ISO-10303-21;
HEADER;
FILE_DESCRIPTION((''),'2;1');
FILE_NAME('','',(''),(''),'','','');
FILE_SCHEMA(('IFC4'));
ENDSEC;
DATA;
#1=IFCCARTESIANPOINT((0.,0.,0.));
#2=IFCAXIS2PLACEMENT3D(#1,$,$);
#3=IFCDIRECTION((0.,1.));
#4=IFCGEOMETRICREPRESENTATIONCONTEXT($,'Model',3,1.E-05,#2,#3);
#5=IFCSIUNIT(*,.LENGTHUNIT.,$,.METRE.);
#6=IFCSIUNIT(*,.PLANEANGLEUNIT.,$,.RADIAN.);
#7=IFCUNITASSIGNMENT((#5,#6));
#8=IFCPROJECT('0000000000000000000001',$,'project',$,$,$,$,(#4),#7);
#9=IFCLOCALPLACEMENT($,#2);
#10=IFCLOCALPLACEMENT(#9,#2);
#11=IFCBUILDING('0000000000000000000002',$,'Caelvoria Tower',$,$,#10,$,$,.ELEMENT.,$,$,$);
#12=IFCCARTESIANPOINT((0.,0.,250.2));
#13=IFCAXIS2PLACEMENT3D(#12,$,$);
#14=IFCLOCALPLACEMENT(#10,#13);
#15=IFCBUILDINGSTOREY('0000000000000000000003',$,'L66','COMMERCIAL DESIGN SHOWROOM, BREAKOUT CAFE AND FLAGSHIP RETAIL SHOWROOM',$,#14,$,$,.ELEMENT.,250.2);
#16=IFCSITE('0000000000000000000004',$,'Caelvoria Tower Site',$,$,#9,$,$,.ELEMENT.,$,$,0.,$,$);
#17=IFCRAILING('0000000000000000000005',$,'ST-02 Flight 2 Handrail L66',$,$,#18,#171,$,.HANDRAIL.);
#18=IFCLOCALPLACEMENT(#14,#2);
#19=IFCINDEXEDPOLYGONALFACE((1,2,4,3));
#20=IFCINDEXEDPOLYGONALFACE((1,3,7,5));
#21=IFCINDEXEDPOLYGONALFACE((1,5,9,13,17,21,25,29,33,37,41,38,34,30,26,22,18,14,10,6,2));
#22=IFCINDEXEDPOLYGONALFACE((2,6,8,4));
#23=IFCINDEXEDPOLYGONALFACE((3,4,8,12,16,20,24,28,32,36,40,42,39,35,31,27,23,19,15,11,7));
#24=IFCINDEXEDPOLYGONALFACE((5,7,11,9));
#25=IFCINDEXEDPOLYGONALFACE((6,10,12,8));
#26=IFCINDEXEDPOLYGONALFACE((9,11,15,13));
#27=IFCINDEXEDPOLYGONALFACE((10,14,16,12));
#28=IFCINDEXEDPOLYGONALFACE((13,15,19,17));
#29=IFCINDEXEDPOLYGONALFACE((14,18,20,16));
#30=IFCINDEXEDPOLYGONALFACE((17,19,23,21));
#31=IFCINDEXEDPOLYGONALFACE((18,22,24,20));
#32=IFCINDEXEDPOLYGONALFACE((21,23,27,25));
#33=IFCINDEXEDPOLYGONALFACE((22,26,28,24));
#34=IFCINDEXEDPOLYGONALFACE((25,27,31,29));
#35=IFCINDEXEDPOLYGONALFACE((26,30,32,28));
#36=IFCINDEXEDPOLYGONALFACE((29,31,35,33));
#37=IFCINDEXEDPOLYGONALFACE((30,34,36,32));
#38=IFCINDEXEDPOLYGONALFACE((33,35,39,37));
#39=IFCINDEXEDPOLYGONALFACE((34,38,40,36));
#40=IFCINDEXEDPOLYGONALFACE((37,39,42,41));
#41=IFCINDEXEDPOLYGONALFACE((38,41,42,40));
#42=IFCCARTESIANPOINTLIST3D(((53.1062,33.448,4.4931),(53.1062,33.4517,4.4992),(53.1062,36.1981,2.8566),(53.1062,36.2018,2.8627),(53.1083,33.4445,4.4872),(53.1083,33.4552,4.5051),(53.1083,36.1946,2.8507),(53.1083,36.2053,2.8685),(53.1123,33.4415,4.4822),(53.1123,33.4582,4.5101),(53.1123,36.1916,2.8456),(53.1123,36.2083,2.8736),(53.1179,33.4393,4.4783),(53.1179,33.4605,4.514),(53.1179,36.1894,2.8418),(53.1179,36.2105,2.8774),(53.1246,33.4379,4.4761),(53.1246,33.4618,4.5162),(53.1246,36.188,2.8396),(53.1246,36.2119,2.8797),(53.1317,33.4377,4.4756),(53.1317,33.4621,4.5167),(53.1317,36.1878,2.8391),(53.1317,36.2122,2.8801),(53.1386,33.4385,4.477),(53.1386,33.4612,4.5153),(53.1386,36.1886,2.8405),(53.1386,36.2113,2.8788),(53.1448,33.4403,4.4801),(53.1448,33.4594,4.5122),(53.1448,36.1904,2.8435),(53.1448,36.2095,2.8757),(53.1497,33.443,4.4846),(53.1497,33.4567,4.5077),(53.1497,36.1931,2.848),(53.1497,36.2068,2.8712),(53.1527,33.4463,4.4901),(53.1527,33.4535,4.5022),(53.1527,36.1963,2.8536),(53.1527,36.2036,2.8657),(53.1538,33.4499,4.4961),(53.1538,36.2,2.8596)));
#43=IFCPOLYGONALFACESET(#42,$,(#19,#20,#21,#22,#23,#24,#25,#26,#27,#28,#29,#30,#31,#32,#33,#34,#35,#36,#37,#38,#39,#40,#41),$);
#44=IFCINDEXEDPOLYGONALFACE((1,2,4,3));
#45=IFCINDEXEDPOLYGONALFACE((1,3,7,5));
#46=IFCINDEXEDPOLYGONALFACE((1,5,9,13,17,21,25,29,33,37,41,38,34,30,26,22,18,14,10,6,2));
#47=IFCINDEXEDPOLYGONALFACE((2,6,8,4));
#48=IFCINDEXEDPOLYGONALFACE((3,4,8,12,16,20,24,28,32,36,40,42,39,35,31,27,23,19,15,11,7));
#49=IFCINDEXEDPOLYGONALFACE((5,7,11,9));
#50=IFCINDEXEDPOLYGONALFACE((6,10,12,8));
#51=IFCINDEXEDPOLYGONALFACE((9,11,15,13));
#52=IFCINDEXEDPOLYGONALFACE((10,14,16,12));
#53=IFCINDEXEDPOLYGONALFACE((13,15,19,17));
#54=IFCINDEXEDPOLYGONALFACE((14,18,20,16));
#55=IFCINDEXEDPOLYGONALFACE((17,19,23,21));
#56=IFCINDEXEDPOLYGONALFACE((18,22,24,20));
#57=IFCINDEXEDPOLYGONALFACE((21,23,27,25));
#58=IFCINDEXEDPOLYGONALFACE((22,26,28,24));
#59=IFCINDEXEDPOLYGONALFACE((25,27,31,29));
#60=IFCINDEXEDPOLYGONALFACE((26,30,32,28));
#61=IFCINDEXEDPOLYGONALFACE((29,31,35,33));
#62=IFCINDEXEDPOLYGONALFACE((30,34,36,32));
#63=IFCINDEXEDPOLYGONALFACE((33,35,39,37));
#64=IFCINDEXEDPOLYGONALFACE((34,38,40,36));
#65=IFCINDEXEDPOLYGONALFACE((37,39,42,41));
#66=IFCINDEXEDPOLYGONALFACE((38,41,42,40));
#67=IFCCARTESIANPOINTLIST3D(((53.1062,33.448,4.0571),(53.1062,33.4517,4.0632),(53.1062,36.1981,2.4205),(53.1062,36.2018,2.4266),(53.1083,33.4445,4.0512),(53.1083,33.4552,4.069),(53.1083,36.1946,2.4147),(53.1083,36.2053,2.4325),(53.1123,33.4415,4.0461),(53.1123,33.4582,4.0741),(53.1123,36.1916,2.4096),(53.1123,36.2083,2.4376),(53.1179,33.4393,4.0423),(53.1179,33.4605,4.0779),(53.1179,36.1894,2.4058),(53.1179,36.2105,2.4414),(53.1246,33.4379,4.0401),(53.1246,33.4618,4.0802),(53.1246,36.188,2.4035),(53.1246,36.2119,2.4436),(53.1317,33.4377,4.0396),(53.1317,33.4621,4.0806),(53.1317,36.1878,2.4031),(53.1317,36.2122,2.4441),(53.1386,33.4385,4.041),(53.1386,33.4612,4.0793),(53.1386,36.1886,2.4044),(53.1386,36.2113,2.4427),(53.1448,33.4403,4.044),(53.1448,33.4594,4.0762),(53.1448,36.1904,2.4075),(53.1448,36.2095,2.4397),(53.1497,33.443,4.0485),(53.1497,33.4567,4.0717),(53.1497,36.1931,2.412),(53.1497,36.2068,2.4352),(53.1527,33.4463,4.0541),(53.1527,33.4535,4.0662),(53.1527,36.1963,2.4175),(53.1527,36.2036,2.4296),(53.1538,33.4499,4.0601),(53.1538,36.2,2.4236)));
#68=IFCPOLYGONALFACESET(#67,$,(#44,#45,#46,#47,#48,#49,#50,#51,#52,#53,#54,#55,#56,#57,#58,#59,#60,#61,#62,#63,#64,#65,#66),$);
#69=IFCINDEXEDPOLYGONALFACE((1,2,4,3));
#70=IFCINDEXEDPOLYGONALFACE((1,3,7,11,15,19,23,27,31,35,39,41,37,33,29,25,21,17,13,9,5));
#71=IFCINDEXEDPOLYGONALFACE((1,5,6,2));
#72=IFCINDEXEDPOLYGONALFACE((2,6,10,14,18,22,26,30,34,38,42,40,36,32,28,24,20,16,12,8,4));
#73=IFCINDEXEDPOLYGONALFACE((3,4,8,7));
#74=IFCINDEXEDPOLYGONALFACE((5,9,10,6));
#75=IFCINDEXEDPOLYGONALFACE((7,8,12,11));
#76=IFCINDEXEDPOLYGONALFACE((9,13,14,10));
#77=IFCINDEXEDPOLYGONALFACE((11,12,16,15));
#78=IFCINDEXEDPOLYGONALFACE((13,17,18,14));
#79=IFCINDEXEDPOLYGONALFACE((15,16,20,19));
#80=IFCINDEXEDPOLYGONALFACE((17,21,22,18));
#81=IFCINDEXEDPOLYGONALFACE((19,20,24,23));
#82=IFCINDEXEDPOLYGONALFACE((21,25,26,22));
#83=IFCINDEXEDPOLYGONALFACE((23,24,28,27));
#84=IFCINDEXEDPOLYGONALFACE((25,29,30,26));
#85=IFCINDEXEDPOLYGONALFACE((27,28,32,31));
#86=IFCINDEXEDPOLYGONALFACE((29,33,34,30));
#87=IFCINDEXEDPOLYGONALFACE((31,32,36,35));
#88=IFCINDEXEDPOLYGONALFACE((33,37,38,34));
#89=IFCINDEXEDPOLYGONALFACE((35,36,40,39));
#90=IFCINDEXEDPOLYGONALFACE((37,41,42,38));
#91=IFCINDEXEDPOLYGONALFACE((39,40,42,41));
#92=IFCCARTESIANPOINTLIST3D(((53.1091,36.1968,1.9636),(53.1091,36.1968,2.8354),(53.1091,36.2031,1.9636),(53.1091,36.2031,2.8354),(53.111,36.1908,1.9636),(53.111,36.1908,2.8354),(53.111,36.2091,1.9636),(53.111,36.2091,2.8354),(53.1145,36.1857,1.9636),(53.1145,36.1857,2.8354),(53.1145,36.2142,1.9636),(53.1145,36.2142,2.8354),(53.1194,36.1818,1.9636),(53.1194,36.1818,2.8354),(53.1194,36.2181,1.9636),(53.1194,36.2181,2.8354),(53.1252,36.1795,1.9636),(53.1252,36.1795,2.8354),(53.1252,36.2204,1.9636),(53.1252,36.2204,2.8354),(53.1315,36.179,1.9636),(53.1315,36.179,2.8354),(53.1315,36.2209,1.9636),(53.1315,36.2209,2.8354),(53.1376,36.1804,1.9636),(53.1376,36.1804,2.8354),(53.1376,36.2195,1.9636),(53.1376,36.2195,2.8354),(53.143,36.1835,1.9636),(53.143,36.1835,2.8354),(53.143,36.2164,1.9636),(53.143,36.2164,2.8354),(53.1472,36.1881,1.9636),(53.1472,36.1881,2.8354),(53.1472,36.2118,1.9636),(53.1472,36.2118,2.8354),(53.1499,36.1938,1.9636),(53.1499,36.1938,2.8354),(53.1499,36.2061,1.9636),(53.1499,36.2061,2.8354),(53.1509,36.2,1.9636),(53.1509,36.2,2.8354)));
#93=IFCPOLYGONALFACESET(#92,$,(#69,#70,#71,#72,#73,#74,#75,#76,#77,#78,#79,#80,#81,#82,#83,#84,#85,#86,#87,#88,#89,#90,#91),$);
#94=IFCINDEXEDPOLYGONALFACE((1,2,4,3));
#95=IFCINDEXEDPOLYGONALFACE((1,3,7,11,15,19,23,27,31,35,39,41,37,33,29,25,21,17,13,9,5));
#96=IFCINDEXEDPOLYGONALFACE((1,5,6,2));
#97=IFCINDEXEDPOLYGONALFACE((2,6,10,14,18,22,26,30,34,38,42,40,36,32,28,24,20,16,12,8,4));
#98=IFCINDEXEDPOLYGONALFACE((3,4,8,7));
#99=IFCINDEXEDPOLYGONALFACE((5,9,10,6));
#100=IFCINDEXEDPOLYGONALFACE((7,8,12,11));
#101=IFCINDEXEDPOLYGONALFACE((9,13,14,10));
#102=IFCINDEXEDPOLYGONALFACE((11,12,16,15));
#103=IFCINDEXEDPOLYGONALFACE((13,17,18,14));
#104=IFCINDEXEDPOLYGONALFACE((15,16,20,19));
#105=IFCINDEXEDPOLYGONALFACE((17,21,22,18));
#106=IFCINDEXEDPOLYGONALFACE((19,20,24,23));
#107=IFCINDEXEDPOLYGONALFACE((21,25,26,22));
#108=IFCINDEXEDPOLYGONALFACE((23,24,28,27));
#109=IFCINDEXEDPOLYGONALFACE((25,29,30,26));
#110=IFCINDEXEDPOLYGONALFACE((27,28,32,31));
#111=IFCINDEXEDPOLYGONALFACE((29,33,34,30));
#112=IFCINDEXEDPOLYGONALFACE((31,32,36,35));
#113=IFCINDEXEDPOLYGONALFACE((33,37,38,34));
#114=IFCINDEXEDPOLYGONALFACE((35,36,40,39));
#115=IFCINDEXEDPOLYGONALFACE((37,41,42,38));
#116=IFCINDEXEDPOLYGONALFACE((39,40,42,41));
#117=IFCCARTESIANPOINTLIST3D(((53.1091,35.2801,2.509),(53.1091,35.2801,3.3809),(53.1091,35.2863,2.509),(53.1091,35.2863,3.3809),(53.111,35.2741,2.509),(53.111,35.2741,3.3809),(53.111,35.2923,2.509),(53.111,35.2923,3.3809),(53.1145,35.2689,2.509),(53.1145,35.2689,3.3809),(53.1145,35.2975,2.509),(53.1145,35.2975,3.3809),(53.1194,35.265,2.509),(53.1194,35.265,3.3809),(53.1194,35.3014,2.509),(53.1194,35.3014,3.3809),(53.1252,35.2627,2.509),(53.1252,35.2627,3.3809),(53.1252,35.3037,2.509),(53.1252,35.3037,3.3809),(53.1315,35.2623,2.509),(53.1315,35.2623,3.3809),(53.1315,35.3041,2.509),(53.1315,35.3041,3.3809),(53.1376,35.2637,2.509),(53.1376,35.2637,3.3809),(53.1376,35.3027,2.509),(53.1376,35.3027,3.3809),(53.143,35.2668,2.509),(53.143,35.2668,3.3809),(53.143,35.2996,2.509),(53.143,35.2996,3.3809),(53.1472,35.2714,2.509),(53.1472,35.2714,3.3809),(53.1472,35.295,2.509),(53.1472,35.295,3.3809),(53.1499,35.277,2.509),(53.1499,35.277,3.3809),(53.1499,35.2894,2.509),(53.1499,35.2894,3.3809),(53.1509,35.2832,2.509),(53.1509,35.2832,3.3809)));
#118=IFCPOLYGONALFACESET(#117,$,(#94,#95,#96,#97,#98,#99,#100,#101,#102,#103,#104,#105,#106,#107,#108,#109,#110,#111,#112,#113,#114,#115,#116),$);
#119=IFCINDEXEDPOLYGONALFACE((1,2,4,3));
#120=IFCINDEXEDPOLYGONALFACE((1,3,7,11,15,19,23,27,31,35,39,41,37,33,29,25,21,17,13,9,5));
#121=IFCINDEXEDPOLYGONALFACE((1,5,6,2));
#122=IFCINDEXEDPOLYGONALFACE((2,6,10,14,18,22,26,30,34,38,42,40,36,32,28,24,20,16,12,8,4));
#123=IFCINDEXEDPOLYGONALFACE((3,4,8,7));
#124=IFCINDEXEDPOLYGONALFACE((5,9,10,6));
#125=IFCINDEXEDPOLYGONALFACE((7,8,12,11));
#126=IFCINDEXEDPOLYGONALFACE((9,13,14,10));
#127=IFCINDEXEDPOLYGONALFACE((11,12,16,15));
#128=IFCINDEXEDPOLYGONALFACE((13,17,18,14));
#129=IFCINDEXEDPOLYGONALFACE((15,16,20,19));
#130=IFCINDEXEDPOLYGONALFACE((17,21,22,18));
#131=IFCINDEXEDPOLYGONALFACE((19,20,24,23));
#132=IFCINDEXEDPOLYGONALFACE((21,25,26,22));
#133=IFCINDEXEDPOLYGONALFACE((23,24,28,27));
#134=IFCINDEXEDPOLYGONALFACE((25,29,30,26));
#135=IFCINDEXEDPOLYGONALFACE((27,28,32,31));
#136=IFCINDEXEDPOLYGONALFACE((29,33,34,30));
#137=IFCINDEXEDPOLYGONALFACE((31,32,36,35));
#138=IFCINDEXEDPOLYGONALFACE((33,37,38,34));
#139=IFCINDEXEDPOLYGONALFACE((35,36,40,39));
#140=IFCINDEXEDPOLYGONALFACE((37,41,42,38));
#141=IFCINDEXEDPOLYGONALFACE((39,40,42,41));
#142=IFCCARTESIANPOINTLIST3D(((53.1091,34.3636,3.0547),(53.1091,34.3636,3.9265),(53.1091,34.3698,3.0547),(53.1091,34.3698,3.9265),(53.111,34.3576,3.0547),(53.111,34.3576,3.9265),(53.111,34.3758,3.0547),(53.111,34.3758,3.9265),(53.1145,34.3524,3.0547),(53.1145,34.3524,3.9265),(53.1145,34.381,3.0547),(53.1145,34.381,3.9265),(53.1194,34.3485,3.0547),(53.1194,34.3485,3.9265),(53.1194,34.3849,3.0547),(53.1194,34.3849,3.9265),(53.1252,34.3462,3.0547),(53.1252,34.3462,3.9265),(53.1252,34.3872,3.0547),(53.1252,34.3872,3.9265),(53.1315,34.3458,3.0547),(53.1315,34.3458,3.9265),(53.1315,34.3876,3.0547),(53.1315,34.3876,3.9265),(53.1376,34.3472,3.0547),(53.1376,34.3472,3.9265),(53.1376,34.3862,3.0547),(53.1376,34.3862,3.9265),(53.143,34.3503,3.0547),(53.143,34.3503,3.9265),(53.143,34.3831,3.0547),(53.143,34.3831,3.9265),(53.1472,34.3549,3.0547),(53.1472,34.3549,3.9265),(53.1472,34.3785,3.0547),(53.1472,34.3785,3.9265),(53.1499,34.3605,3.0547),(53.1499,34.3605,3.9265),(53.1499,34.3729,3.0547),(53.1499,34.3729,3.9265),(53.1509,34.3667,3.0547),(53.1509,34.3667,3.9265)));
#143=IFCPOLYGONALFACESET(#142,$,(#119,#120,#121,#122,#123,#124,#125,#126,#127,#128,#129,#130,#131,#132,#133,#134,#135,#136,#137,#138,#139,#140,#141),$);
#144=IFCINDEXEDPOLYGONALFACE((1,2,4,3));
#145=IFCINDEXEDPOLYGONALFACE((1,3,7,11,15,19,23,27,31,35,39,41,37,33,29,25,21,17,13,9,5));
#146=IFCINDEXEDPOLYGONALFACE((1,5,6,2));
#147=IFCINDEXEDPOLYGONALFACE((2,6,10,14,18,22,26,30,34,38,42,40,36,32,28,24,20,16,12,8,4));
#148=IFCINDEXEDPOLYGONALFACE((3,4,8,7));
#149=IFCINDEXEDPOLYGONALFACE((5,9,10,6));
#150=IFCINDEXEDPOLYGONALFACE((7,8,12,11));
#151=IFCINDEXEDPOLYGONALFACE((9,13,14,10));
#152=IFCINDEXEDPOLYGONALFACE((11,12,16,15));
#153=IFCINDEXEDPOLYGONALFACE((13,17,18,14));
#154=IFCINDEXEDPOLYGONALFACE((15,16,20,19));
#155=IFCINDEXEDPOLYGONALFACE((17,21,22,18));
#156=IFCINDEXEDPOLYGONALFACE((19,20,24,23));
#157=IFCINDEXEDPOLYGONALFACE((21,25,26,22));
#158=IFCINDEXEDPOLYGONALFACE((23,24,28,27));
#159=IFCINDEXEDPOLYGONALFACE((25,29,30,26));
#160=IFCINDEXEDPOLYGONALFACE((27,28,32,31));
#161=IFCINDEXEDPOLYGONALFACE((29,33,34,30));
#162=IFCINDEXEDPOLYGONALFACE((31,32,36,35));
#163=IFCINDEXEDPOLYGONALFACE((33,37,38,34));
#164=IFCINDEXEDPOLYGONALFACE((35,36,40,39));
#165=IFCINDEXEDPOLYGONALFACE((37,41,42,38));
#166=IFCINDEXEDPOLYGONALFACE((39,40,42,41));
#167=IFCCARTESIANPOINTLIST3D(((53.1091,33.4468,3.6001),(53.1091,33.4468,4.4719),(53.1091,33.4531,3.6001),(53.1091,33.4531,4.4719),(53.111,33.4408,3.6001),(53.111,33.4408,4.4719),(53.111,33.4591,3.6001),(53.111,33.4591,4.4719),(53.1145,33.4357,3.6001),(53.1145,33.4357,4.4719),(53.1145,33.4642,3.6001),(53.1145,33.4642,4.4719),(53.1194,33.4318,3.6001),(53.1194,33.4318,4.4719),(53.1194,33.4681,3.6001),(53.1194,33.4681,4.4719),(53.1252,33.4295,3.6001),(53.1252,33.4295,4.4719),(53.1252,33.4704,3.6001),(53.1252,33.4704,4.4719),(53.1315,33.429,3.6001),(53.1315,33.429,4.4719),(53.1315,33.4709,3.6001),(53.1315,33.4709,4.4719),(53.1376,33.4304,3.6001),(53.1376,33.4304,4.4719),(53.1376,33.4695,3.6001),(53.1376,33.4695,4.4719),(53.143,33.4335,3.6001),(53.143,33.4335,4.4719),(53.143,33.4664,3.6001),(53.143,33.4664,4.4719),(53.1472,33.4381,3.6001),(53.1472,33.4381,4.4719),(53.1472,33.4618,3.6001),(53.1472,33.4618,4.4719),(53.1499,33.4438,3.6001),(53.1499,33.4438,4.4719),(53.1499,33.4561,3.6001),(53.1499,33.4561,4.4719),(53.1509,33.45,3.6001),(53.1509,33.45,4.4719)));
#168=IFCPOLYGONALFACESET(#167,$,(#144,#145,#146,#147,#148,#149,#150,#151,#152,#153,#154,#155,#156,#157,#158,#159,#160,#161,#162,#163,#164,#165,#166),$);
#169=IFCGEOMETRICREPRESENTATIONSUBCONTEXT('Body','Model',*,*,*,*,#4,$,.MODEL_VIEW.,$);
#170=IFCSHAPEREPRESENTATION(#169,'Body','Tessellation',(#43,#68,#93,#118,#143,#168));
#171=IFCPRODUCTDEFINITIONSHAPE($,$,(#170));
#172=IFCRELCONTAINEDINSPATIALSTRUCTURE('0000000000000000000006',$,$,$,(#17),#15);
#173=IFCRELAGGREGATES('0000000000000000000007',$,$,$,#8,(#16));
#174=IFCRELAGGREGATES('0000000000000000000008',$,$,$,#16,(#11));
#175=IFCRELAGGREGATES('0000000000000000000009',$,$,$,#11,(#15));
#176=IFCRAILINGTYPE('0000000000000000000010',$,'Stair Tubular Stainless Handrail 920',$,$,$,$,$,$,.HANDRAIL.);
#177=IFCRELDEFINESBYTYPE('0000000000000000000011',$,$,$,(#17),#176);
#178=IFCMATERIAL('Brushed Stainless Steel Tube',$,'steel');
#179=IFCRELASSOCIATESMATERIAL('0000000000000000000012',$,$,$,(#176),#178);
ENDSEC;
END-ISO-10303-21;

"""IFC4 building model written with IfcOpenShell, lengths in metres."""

from ifc_helpers import new_model, si_unit, direction, frame, origin, origin_2d, place, context, subcontext, project, spatial, circle, extrude, material, type_object, element, save


model = new_model("IFC4")

# Units and contexts
model_context = context("Model", 3, precision=1e-05, world=origin(), true_north=direction((0.0, 1.0)))
body_context = subcontext(model_context, "Body", "Model", "MODEL_VIEW")
ifc_project = project(units=[si_unit("LENGTHUNIT", "METRE"), si_unit("PLANEANGLEUNIT", "RADIAN")], contexts=[model_context])

# Site, building, storey
site_placement = place(None, origin())
site = spatial("IfcSite", under=ifc_project, at=site_placement, Name="Caelvoria Tower Site", CompositionType="ELEMENT", RefElevation=0.0)
building_placement = place(site_placement, origin())
building = spatial("IfcBuilding", under=site, at=building_placement, Name="Caelvoria Tower", CompositionType="ELEMENT")
storey_placement = place(building_placement, frame((0.0, 0.0, 250.2)))
storey = spatial("IfcBuildingStorey", under=building, at=storey_placement, Name="L66", Description="COMMERCIAL DESIGN SHOWROOM, BREAKOUT CAFE AND FLAGSHIP RETAIL SHOWROOM", CompositionType="ELEMENT", Elevation=250.2)

# Railing
ifc_material_1 = material(Name="Brushed Stainless Steel Tube", Category="steel")
railing_type_1 = type_object("IfcRailingType", Name="Stair Tubular Stainless Handrail 920", PredefinedType="HANDRAIL", material=ifc_material_1)
railing_1_placement = place(storey_placement, frame((53.1299, 36.2, 1.9636)))
element("IfcRailing", 1, at=railing_1_placement, inside=storey, type_object=railing_type_1, Name="ST-02 Flight 2 Handrail L66", PredefinedType="HANDRAIL", context=body_context, shape_type="SweptSolid", body=[
    extrude(circle(Radius=0.0239, at=origin_2d()), frame((0.0, 0.0, 0.896), z_axis=(0.0, -0.859352, 0.511385), x_axis=(1.0, 0.0, 0.0)), (0.0, 0.0, 1.0), 3.2002),
    extrude(circle(Radius=0.0239, at=origin_2d()), frame((0.0, 0.0, 0.46), z_axis=(0.0, -0.859352, 0.511385), x_axis=(1.0, 0.0, 0.0)), (0.0, 0.0, 1.0), 3.2002),
    extrude(circle(Radius=0.021, at=origin_2d()), origin(), (0.0, 0.0, 1.0), 0.8718),
    extrude(circle(Radius=0.021, at=origin_2d()), frame((0.0, -0.9167, 0.5454)), (0.0, 0.0, 1.0), 0.8718),
    extrude(circle(Radius=0.021, at=origin_2d()), frame((0.0, -1.8333, 1.0911)), (0.0, 0.0, 1.0), 0.8718),
    extrude(circle(Radius=0.021, at=origin_2d()), frame((0.0, -2.75, 1.6365)), (0.0, 0.0, 1.0), 0.8718),
])

save(model, "model.ifc")
